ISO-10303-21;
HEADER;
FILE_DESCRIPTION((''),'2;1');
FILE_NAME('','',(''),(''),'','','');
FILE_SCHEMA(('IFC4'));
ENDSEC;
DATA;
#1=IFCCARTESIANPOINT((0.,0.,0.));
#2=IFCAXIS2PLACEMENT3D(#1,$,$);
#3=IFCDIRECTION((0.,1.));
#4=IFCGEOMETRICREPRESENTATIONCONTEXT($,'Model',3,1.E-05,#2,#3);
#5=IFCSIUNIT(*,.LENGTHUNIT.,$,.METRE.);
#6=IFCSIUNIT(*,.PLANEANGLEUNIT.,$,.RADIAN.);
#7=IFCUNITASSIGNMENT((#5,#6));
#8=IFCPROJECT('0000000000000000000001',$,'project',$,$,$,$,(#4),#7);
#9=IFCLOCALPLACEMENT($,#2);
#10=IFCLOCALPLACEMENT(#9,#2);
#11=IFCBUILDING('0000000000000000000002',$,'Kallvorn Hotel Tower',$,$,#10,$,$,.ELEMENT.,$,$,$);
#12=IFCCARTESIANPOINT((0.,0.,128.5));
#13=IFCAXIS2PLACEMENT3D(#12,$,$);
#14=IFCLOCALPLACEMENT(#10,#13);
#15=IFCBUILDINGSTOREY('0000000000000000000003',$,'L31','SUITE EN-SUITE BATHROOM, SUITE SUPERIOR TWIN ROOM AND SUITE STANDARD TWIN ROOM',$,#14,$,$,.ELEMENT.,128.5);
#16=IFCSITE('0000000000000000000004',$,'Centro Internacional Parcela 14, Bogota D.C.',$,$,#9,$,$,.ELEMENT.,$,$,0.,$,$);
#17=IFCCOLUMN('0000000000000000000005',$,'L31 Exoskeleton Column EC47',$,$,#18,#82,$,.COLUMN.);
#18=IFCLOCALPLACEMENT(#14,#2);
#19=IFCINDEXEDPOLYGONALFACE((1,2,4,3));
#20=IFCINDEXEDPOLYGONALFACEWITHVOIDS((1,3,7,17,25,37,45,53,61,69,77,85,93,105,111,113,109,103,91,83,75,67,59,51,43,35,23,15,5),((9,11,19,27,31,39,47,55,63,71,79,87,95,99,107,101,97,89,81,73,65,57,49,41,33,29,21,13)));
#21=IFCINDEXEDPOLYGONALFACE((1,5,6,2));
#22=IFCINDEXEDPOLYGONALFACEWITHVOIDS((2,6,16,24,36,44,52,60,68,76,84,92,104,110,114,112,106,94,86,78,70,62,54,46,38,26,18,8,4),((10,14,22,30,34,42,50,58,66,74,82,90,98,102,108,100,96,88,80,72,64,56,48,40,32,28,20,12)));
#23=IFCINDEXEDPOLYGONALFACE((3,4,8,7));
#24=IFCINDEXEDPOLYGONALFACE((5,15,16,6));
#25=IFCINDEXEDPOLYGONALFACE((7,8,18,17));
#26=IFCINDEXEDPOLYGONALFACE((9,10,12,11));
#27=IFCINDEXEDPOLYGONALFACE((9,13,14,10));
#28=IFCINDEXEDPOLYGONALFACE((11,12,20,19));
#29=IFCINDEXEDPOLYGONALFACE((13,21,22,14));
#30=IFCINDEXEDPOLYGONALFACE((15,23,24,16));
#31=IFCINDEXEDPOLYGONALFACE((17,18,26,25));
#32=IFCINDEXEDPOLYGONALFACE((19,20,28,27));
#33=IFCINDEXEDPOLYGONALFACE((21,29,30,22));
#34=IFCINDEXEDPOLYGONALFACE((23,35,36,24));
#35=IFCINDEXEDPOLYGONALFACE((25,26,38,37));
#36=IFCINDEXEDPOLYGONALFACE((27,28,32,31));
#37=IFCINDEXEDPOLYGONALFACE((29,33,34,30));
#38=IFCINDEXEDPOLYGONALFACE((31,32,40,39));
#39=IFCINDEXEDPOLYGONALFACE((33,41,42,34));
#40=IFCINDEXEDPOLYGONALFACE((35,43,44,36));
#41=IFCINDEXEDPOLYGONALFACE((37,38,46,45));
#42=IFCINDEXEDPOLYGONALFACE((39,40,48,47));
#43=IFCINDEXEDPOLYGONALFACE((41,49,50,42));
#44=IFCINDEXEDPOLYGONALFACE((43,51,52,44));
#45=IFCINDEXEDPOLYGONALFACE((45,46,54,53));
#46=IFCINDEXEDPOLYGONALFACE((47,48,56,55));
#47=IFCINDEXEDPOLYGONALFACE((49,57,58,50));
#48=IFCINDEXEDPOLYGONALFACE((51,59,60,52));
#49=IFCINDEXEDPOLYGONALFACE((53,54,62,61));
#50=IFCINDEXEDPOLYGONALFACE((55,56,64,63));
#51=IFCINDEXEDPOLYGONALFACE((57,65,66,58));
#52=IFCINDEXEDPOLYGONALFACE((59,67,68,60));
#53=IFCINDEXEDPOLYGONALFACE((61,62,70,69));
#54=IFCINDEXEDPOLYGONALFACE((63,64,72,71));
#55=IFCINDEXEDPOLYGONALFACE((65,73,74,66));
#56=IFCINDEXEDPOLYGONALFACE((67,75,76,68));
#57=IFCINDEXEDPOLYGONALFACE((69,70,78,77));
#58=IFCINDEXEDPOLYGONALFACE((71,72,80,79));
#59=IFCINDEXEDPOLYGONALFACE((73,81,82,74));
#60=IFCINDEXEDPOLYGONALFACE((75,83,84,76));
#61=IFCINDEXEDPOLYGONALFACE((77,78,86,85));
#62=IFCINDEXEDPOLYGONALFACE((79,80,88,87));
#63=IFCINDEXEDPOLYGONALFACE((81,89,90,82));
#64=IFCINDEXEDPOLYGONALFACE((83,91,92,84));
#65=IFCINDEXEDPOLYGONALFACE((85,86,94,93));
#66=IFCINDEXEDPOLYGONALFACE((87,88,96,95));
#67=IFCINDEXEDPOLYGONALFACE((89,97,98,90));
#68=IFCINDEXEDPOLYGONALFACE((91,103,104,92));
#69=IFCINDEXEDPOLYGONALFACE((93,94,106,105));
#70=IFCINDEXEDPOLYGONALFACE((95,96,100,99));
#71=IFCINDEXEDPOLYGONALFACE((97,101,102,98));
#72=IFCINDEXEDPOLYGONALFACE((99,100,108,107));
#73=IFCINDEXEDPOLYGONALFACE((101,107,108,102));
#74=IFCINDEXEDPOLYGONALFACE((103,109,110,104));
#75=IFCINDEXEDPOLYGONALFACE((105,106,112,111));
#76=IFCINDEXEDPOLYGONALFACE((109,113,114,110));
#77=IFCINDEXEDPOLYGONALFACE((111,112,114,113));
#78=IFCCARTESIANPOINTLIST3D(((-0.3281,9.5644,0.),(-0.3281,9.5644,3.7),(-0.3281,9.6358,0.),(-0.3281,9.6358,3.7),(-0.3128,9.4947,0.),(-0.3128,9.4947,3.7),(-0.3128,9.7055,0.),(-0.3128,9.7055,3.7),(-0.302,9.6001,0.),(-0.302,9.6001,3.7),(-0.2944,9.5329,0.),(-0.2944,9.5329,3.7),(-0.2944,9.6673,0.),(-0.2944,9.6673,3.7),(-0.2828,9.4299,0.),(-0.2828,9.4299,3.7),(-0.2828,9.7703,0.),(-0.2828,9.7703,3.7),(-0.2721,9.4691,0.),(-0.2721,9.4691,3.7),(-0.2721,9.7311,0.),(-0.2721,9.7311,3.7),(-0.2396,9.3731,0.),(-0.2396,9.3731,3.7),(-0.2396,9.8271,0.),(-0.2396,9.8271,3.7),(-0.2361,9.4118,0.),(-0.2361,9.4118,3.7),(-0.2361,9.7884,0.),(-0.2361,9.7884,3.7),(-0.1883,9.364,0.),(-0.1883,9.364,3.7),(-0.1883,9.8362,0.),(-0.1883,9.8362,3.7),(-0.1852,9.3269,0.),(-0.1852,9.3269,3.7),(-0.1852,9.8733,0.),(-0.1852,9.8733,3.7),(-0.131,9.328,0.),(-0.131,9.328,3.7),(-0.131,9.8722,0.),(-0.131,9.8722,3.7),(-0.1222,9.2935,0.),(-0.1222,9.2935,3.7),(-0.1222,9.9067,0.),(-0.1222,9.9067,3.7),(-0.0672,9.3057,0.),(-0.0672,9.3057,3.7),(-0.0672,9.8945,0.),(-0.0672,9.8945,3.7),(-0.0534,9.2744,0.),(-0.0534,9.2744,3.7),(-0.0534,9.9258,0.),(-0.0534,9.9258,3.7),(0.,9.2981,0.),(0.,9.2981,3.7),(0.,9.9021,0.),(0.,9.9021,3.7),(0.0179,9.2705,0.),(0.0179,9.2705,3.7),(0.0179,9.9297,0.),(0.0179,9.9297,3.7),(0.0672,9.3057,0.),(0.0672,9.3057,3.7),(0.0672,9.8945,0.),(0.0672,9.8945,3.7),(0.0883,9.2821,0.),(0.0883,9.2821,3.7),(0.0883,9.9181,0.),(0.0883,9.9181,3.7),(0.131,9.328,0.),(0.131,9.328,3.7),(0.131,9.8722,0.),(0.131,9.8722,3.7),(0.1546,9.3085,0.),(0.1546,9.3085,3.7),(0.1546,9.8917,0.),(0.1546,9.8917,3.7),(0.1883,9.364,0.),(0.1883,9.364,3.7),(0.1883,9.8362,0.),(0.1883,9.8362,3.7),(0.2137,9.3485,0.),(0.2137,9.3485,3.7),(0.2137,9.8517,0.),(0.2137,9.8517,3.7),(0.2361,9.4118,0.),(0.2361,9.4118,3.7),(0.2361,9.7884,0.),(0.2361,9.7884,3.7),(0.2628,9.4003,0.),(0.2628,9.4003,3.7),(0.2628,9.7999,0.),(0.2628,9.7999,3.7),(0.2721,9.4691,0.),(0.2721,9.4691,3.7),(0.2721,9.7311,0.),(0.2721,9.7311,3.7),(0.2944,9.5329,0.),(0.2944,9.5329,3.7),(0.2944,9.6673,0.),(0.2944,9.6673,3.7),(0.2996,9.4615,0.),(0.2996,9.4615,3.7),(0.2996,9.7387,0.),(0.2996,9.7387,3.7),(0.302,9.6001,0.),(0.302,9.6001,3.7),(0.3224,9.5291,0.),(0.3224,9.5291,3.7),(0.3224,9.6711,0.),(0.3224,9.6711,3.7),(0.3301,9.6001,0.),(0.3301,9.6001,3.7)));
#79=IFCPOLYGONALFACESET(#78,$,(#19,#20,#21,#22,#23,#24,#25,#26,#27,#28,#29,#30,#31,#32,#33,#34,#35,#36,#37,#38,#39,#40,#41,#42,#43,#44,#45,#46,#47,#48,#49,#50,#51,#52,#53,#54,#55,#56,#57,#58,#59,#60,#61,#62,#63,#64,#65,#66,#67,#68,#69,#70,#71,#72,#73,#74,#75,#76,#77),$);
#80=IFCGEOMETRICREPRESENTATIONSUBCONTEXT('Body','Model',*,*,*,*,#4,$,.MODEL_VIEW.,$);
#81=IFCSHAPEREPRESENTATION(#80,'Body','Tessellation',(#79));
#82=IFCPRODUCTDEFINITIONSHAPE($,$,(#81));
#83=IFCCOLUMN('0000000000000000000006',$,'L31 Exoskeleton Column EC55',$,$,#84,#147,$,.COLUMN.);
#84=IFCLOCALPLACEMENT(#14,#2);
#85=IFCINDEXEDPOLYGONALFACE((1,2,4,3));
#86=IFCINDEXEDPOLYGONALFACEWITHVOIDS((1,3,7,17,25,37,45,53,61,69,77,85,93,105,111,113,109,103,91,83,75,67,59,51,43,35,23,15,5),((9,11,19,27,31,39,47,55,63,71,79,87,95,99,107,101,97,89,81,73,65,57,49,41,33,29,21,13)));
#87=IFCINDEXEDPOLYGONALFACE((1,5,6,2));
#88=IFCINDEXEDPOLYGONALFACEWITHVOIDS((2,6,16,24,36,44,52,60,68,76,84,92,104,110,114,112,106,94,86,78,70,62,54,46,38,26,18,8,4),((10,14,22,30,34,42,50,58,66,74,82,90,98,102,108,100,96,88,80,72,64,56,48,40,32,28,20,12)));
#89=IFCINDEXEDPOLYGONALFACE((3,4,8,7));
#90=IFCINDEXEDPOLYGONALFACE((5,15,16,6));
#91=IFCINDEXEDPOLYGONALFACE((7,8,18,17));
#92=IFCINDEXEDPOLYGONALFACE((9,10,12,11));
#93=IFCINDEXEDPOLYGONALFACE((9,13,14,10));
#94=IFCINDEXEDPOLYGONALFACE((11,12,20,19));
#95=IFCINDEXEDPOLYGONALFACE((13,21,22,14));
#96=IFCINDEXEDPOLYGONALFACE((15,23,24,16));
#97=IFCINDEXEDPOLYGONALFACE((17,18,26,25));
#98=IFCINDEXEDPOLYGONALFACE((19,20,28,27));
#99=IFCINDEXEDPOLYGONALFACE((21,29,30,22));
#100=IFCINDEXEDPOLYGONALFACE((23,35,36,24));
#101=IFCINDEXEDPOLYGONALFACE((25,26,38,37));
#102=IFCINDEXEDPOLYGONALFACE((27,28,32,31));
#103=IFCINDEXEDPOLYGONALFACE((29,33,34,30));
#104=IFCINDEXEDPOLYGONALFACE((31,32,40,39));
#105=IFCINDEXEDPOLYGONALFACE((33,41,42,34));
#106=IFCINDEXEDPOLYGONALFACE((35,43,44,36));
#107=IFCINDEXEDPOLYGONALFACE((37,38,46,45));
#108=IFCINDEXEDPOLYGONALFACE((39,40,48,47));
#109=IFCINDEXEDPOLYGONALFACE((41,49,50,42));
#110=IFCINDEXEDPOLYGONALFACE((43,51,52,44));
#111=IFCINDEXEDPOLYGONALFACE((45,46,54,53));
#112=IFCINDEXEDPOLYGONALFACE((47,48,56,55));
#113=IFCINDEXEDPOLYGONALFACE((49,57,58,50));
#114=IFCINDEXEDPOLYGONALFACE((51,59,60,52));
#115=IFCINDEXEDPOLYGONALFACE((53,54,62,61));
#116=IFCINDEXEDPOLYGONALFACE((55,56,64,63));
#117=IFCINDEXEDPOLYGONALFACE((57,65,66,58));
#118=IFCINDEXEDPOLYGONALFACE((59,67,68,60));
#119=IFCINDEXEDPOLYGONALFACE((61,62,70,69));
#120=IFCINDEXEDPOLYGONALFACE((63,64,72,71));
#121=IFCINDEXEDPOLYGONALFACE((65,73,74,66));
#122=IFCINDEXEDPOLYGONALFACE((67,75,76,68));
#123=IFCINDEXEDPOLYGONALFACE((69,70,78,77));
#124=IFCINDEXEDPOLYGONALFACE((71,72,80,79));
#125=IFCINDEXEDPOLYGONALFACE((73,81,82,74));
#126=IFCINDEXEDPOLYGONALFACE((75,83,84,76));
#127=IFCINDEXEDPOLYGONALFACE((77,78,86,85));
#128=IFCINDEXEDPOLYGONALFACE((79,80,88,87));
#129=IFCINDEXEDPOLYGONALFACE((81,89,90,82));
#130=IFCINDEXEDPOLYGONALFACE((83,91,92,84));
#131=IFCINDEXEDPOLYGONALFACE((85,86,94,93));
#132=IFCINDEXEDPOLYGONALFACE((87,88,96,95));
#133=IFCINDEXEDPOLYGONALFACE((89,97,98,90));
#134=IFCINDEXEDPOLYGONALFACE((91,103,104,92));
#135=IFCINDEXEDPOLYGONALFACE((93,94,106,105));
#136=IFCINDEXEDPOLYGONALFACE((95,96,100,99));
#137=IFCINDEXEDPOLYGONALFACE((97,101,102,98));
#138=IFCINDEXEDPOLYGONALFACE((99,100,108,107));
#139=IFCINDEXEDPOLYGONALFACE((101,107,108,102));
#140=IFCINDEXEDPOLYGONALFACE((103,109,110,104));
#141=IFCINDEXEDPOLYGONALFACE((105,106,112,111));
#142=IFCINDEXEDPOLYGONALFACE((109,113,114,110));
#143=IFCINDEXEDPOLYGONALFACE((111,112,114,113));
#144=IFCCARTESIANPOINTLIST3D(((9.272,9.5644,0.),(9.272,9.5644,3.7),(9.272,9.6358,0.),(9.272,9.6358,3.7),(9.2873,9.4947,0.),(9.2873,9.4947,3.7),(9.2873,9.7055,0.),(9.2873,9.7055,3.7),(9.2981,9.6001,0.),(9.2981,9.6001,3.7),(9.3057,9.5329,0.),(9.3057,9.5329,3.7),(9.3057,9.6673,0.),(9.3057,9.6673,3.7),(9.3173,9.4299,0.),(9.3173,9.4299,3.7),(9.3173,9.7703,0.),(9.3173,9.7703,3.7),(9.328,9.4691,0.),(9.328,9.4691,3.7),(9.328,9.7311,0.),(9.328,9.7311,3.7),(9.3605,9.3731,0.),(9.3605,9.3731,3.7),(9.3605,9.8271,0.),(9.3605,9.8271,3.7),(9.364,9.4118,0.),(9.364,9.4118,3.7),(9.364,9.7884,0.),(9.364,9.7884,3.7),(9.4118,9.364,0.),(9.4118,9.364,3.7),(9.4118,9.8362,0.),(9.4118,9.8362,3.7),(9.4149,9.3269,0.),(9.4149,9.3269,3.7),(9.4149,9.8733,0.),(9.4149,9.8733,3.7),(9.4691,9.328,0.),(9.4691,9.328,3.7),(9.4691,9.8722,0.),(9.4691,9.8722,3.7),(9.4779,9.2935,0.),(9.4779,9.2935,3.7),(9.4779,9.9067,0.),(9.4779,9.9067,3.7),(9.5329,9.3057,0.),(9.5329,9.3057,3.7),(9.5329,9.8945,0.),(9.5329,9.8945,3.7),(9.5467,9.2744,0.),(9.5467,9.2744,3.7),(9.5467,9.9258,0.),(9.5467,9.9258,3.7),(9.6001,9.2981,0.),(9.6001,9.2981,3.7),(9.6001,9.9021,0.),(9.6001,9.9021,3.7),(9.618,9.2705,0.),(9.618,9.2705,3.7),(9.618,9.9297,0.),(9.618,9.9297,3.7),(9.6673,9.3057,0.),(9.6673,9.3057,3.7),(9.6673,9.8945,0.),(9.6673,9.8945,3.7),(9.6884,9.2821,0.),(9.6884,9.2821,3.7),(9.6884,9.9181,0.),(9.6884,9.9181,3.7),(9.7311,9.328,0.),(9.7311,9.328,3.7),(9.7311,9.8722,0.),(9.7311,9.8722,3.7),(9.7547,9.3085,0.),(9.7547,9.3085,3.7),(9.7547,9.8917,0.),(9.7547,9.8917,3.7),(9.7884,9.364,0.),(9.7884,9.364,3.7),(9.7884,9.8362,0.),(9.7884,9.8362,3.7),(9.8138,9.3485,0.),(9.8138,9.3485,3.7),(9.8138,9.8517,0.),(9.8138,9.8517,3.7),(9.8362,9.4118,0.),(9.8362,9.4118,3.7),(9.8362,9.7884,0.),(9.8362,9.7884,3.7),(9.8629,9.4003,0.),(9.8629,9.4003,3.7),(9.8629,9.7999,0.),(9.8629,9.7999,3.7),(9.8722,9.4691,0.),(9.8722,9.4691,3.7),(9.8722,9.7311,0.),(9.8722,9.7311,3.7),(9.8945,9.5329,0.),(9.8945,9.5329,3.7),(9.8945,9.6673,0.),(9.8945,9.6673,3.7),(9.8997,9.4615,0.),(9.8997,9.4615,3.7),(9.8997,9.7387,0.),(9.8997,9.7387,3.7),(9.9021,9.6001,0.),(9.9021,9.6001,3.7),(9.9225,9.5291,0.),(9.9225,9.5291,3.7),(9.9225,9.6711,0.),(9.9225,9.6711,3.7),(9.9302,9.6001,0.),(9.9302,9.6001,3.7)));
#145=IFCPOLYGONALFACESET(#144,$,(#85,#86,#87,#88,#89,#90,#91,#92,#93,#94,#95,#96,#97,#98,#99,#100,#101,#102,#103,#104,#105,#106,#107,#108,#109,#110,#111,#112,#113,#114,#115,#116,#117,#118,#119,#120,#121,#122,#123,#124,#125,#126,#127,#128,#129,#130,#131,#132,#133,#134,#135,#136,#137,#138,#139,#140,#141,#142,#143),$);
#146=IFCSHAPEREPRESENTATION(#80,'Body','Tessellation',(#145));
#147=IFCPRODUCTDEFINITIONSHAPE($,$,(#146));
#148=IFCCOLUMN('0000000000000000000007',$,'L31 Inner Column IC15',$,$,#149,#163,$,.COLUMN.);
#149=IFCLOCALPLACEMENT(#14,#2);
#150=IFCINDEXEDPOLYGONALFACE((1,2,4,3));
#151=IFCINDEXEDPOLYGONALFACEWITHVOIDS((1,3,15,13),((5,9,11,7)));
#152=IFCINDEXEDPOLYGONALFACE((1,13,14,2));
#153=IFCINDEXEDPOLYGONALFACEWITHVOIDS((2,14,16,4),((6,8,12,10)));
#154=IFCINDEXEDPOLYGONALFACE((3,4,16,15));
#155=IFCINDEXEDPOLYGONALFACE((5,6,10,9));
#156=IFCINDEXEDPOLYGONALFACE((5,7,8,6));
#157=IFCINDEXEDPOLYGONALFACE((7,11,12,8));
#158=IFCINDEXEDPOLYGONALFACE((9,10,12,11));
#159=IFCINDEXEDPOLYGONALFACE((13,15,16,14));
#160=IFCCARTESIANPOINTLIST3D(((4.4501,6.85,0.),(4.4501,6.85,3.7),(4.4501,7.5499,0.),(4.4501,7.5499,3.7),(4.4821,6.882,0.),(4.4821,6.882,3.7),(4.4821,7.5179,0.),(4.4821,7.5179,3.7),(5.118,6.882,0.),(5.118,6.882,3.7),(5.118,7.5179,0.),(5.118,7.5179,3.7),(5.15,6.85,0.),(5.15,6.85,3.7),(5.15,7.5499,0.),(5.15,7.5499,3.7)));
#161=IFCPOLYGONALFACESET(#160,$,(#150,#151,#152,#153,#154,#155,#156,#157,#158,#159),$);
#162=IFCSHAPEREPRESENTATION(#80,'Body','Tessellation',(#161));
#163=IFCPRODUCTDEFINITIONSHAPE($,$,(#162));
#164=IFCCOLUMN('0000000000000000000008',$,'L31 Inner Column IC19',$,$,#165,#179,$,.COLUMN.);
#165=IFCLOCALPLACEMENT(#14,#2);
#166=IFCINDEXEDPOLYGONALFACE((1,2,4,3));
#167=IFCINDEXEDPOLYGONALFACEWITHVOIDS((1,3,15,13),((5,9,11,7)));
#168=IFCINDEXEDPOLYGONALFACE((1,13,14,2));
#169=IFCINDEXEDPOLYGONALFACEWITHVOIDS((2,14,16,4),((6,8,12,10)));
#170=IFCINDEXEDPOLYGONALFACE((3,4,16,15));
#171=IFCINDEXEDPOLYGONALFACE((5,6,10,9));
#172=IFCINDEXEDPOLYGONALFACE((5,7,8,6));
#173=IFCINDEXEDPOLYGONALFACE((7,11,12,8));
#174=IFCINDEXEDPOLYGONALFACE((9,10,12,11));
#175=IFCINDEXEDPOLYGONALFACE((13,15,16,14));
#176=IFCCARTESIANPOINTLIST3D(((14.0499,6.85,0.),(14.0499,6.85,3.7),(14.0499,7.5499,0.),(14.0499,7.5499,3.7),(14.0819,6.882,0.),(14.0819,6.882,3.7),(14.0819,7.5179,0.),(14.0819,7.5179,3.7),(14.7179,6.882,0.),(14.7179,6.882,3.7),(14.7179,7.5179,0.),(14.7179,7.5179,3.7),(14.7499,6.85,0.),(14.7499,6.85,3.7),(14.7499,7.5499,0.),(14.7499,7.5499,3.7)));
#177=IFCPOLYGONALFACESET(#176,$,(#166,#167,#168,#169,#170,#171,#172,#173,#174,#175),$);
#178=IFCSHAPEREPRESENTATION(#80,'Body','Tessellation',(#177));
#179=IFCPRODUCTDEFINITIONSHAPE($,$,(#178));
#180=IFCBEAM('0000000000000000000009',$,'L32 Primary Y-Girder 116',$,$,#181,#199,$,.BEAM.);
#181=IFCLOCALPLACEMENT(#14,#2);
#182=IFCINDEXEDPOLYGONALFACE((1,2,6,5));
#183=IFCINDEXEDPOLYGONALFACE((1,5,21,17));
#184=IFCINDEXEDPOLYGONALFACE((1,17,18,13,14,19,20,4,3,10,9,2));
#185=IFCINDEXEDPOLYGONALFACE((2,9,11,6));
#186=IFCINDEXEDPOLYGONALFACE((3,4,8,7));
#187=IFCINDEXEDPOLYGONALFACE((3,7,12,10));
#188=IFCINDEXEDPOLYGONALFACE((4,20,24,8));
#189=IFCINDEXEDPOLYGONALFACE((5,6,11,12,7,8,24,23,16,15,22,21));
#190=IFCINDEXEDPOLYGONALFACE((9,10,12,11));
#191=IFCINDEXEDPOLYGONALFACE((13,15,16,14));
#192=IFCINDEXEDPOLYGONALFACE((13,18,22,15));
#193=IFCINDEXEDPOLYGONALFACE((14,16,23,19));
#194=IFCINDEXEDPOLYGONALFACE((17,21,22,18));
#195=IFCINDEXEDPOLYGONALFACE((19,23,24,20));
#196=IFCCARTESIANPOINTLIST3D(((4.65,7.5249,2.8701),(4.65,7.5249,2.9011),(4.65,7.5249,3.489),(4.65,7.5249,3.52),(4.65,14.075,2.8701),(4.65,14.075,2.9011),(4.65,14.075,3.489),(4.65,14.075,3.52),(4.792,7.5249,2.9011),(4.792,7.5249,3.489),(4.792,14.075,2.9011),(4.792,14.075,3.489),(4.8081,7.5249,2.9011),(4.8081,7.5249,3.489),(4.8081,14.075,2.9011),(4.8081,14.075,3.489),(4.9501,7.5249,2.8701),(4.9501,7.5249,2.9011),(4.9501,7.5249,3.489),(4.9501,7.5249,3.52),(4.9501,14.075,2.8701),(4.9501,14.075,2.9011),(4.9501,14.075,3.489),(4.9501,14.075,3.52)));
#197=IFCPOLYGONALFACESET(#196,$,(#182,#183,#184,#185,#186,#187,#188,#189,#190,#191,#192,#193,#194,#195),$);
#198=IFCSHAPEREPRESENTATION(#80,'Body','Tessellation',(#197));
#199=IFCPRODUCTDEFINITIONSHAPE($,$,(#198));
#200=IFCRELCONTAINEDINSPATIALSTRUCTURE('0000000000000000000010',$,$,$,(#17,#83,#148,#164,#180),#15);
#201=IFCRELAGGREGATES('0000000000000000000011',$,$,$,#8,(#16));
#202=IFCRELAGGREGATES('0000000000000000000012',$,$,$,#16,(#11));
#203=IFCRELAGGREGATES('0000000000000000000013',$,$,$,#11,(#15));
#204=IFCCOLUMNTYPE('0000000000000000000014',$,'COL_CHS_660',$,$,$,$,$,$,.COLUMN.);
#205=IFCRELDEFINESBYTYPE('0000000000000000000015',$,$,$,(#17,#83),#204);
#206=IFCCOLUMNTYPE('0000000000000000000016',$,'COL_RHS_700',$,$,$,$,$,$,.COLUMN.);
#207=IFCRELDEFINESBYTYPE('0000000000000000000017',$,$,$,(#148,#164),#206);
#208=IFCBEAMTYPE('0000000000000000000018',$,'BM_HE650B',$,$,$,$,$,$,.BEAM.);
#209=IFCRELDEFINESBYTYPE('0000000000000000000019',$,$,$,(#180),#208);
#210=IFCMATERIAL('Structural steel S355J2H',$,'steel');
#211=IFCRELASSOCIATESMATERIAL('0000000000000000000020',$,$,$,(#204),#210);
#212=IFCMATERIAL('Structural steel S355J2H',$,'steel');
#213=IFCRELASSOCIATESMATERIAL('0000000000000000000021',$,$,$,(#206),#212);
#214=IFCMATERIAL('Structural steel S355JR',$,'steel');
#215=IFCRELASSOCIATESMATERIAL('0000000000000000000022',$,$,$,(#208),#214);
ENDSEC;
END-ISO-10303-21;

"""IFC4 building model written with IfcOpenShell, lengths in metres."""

from ifc_helpers import new_model, si_unit, direction, frame, origin, origin_2d, place, context, subcontext, project, spatial, hollow_rectangle, hollow_circle, i_section, extrude, material, material_profile, profile_set, type_object, element, save


model = new_model("IFC4")

# Units and contexts
model_context = context("Model", 3, precision=1e-05, world=origin(), true_north=direction((0.0, 1.0)))
body_context = subcontext(model_context, "Body", "Model", "MODEL_VIEW")
ifc_project = project(units=[si_unit("LENGTHUNIT", "METRE"), si_unit("PLANEANGLEUNIT", "RADIAN")], contexts=[model_context])

# Site, building, storey
site_placement = place(None, origin())
site = spatial("IfcSite", under=ifc_project, at=site_placement, Name="Centro Internacional Parcela 14, Bogota D.C.", CompositionType="ELEMENT", RefElevation=0.0)
building_placement = place(site_placement, origin())
building = spatial("IfcBuilding", under=site, at=building_placement, Name="Kallvorn Hotel Tower", CompositionType="ELEMENT")
storey_placement = place(building_placement, frame((0.0, 0.0, 128.5)))
storey = spatial("IfcBuildingStorey", under=building, at=storey_placement, Name="L31", Description="SUITE EN-SUITE BATHROOM, SUITE SUPERIOR TWIN ROOM AND SUITE STANDARD TWIN ROOM", CompositionType="ELEMENT", Elevation=128.5)

# Columns
ifc_material_1 = material(Name="Structural steel S355J2H", Category="steel")
ifc_material_profile_1 = material_profile(ifc_material_1, hollow_circle(Radius=0.3301, WallThickness=0.0281, at=origin_2d()), Name="CHS 660x28")
ifc_profile_set_1 = profile_set([ifc_material_profile_1], Name="Structural steel S355J2H")
column_type_1 = type_object("IfcColumnType", Name="COL_CHS_660", PredefinedType="COLUMN", material=ifc_profile_set_1)
for number, where, z_axis, x_axis, name in (
    (1, (0.0, 9.6001, 0.0), (0.0, 0.0, 1.0), (1.0, 0.0, 0.0), "L31 Exoskeleton Column EC47"),
    (2, (9.6001, 9.6001, 0.0), (0.0, 0.0, 1.0), (1.0, 0.0, 0.0), "L31 Exoskeleton Column EC55"),
):
    element("IfcColumn", number, at=place(storey_placement, frame(where, z_axis=z_axis, x_axis=x_axis)), inside=storey, type_object=column_type_1, Name=name, PredefinedType="COLUMN", context=body_context, shape_type="SweptSolid", body=[
        extrude(hollow_circle(Radius=0.3301, WallThickness=0.0281, at=origin_2d()), origin(), (0.0, 0.0, 1.0), 3.7),
    ])
ifc_material_2 = material(Name="Structural steel S355J2H", Category="steel")
ifc_material_profile_2 = material_profile(ifc_material_2, hollow_rectangle(XDim=0.7, YDim=0.7, WallThickness=0.032, at=origin_2d()), Name="RHS 700x700x32")
ifc_profile_set_2 = profile_set([ifc_material_profile_2], Name="Structural steel S355J2H")
column_type_2 = type_object("IfcColumnType", Name="COL_RHS_700", PredefinedType="COLUMN", material=ifc_profile_set_2)
for number, where, z_axis, x_axis, name in (
    (3, (4.8, 7.2, 0.0), (0.0, 0.0, 1.0), (1.0, 0.0, 0.0), "L31 Inner Column IC15"),
    (4, (14.3999, 7.2, 0.0), (0.0, 0.0, 1.0), (1.0, 0.0, 0.0), "L31 Inner Column IC19"),
):
    element("IfcColumn", number, at=place(storey_placement, frame(where, z_axis=z_axis, x_axis=x_axis)), inside=storey, type_object=column_type_2, Name=name, PredefinedType="COLUMN", context=body_context, shape_type="SweptSolid", body=[
        extrude(hollow_rectangle(XDim=0.7, YDim=0.7, WallThickness=0.032, at=origin_2d()), origin(), (0.0, 0.0, 1.0), 3.7),
    ])

# Beam
ifc_material_3 = material(Name="Structural steel S355JR", Category="steel")
ifc_material_profile_3 = material_profile(ifc_material_3, i_section(OverallWidth=0.3, OverallDepth=0.6499, WebThickness=0.0161, FlangeThickness=0.031, at=origin_2d()), Name="HE 650 B")
ifc_profile_set_3 = profile_set([ifc_material_profile_3], Name="Structural steel S355JR")
beam_type_1 = type_object("IfcBeamType", Name="BM_HE650B", PredefinedType="BEAM", material=ifc_profile_set_3)
beam_1_placement = place(storey_placement, frame((4.8, 7.5249, 3.1951), z_axis=(0.0, 1.0, 0.0), x_axis=(-1.0, 0.0, 0.0)))
element("IfcBeam", 5, at=beam_1_placement, inside=storey, type_object=beam_type_1, Name="L32 Primary Y-Girder 116", PredefinedType="BEAM", context=body_context, shape_type="SweptSolid", body=[
    extrude(i_section(OverallWidth=0.3, OverallDepth=0.6499, WebThickness=0.0161, FlangeThickness=0.031, at=origin_2d()), origin(), (0.0, 0.0, 1.0), 6.55),
])

save(model, "model.ifc")
